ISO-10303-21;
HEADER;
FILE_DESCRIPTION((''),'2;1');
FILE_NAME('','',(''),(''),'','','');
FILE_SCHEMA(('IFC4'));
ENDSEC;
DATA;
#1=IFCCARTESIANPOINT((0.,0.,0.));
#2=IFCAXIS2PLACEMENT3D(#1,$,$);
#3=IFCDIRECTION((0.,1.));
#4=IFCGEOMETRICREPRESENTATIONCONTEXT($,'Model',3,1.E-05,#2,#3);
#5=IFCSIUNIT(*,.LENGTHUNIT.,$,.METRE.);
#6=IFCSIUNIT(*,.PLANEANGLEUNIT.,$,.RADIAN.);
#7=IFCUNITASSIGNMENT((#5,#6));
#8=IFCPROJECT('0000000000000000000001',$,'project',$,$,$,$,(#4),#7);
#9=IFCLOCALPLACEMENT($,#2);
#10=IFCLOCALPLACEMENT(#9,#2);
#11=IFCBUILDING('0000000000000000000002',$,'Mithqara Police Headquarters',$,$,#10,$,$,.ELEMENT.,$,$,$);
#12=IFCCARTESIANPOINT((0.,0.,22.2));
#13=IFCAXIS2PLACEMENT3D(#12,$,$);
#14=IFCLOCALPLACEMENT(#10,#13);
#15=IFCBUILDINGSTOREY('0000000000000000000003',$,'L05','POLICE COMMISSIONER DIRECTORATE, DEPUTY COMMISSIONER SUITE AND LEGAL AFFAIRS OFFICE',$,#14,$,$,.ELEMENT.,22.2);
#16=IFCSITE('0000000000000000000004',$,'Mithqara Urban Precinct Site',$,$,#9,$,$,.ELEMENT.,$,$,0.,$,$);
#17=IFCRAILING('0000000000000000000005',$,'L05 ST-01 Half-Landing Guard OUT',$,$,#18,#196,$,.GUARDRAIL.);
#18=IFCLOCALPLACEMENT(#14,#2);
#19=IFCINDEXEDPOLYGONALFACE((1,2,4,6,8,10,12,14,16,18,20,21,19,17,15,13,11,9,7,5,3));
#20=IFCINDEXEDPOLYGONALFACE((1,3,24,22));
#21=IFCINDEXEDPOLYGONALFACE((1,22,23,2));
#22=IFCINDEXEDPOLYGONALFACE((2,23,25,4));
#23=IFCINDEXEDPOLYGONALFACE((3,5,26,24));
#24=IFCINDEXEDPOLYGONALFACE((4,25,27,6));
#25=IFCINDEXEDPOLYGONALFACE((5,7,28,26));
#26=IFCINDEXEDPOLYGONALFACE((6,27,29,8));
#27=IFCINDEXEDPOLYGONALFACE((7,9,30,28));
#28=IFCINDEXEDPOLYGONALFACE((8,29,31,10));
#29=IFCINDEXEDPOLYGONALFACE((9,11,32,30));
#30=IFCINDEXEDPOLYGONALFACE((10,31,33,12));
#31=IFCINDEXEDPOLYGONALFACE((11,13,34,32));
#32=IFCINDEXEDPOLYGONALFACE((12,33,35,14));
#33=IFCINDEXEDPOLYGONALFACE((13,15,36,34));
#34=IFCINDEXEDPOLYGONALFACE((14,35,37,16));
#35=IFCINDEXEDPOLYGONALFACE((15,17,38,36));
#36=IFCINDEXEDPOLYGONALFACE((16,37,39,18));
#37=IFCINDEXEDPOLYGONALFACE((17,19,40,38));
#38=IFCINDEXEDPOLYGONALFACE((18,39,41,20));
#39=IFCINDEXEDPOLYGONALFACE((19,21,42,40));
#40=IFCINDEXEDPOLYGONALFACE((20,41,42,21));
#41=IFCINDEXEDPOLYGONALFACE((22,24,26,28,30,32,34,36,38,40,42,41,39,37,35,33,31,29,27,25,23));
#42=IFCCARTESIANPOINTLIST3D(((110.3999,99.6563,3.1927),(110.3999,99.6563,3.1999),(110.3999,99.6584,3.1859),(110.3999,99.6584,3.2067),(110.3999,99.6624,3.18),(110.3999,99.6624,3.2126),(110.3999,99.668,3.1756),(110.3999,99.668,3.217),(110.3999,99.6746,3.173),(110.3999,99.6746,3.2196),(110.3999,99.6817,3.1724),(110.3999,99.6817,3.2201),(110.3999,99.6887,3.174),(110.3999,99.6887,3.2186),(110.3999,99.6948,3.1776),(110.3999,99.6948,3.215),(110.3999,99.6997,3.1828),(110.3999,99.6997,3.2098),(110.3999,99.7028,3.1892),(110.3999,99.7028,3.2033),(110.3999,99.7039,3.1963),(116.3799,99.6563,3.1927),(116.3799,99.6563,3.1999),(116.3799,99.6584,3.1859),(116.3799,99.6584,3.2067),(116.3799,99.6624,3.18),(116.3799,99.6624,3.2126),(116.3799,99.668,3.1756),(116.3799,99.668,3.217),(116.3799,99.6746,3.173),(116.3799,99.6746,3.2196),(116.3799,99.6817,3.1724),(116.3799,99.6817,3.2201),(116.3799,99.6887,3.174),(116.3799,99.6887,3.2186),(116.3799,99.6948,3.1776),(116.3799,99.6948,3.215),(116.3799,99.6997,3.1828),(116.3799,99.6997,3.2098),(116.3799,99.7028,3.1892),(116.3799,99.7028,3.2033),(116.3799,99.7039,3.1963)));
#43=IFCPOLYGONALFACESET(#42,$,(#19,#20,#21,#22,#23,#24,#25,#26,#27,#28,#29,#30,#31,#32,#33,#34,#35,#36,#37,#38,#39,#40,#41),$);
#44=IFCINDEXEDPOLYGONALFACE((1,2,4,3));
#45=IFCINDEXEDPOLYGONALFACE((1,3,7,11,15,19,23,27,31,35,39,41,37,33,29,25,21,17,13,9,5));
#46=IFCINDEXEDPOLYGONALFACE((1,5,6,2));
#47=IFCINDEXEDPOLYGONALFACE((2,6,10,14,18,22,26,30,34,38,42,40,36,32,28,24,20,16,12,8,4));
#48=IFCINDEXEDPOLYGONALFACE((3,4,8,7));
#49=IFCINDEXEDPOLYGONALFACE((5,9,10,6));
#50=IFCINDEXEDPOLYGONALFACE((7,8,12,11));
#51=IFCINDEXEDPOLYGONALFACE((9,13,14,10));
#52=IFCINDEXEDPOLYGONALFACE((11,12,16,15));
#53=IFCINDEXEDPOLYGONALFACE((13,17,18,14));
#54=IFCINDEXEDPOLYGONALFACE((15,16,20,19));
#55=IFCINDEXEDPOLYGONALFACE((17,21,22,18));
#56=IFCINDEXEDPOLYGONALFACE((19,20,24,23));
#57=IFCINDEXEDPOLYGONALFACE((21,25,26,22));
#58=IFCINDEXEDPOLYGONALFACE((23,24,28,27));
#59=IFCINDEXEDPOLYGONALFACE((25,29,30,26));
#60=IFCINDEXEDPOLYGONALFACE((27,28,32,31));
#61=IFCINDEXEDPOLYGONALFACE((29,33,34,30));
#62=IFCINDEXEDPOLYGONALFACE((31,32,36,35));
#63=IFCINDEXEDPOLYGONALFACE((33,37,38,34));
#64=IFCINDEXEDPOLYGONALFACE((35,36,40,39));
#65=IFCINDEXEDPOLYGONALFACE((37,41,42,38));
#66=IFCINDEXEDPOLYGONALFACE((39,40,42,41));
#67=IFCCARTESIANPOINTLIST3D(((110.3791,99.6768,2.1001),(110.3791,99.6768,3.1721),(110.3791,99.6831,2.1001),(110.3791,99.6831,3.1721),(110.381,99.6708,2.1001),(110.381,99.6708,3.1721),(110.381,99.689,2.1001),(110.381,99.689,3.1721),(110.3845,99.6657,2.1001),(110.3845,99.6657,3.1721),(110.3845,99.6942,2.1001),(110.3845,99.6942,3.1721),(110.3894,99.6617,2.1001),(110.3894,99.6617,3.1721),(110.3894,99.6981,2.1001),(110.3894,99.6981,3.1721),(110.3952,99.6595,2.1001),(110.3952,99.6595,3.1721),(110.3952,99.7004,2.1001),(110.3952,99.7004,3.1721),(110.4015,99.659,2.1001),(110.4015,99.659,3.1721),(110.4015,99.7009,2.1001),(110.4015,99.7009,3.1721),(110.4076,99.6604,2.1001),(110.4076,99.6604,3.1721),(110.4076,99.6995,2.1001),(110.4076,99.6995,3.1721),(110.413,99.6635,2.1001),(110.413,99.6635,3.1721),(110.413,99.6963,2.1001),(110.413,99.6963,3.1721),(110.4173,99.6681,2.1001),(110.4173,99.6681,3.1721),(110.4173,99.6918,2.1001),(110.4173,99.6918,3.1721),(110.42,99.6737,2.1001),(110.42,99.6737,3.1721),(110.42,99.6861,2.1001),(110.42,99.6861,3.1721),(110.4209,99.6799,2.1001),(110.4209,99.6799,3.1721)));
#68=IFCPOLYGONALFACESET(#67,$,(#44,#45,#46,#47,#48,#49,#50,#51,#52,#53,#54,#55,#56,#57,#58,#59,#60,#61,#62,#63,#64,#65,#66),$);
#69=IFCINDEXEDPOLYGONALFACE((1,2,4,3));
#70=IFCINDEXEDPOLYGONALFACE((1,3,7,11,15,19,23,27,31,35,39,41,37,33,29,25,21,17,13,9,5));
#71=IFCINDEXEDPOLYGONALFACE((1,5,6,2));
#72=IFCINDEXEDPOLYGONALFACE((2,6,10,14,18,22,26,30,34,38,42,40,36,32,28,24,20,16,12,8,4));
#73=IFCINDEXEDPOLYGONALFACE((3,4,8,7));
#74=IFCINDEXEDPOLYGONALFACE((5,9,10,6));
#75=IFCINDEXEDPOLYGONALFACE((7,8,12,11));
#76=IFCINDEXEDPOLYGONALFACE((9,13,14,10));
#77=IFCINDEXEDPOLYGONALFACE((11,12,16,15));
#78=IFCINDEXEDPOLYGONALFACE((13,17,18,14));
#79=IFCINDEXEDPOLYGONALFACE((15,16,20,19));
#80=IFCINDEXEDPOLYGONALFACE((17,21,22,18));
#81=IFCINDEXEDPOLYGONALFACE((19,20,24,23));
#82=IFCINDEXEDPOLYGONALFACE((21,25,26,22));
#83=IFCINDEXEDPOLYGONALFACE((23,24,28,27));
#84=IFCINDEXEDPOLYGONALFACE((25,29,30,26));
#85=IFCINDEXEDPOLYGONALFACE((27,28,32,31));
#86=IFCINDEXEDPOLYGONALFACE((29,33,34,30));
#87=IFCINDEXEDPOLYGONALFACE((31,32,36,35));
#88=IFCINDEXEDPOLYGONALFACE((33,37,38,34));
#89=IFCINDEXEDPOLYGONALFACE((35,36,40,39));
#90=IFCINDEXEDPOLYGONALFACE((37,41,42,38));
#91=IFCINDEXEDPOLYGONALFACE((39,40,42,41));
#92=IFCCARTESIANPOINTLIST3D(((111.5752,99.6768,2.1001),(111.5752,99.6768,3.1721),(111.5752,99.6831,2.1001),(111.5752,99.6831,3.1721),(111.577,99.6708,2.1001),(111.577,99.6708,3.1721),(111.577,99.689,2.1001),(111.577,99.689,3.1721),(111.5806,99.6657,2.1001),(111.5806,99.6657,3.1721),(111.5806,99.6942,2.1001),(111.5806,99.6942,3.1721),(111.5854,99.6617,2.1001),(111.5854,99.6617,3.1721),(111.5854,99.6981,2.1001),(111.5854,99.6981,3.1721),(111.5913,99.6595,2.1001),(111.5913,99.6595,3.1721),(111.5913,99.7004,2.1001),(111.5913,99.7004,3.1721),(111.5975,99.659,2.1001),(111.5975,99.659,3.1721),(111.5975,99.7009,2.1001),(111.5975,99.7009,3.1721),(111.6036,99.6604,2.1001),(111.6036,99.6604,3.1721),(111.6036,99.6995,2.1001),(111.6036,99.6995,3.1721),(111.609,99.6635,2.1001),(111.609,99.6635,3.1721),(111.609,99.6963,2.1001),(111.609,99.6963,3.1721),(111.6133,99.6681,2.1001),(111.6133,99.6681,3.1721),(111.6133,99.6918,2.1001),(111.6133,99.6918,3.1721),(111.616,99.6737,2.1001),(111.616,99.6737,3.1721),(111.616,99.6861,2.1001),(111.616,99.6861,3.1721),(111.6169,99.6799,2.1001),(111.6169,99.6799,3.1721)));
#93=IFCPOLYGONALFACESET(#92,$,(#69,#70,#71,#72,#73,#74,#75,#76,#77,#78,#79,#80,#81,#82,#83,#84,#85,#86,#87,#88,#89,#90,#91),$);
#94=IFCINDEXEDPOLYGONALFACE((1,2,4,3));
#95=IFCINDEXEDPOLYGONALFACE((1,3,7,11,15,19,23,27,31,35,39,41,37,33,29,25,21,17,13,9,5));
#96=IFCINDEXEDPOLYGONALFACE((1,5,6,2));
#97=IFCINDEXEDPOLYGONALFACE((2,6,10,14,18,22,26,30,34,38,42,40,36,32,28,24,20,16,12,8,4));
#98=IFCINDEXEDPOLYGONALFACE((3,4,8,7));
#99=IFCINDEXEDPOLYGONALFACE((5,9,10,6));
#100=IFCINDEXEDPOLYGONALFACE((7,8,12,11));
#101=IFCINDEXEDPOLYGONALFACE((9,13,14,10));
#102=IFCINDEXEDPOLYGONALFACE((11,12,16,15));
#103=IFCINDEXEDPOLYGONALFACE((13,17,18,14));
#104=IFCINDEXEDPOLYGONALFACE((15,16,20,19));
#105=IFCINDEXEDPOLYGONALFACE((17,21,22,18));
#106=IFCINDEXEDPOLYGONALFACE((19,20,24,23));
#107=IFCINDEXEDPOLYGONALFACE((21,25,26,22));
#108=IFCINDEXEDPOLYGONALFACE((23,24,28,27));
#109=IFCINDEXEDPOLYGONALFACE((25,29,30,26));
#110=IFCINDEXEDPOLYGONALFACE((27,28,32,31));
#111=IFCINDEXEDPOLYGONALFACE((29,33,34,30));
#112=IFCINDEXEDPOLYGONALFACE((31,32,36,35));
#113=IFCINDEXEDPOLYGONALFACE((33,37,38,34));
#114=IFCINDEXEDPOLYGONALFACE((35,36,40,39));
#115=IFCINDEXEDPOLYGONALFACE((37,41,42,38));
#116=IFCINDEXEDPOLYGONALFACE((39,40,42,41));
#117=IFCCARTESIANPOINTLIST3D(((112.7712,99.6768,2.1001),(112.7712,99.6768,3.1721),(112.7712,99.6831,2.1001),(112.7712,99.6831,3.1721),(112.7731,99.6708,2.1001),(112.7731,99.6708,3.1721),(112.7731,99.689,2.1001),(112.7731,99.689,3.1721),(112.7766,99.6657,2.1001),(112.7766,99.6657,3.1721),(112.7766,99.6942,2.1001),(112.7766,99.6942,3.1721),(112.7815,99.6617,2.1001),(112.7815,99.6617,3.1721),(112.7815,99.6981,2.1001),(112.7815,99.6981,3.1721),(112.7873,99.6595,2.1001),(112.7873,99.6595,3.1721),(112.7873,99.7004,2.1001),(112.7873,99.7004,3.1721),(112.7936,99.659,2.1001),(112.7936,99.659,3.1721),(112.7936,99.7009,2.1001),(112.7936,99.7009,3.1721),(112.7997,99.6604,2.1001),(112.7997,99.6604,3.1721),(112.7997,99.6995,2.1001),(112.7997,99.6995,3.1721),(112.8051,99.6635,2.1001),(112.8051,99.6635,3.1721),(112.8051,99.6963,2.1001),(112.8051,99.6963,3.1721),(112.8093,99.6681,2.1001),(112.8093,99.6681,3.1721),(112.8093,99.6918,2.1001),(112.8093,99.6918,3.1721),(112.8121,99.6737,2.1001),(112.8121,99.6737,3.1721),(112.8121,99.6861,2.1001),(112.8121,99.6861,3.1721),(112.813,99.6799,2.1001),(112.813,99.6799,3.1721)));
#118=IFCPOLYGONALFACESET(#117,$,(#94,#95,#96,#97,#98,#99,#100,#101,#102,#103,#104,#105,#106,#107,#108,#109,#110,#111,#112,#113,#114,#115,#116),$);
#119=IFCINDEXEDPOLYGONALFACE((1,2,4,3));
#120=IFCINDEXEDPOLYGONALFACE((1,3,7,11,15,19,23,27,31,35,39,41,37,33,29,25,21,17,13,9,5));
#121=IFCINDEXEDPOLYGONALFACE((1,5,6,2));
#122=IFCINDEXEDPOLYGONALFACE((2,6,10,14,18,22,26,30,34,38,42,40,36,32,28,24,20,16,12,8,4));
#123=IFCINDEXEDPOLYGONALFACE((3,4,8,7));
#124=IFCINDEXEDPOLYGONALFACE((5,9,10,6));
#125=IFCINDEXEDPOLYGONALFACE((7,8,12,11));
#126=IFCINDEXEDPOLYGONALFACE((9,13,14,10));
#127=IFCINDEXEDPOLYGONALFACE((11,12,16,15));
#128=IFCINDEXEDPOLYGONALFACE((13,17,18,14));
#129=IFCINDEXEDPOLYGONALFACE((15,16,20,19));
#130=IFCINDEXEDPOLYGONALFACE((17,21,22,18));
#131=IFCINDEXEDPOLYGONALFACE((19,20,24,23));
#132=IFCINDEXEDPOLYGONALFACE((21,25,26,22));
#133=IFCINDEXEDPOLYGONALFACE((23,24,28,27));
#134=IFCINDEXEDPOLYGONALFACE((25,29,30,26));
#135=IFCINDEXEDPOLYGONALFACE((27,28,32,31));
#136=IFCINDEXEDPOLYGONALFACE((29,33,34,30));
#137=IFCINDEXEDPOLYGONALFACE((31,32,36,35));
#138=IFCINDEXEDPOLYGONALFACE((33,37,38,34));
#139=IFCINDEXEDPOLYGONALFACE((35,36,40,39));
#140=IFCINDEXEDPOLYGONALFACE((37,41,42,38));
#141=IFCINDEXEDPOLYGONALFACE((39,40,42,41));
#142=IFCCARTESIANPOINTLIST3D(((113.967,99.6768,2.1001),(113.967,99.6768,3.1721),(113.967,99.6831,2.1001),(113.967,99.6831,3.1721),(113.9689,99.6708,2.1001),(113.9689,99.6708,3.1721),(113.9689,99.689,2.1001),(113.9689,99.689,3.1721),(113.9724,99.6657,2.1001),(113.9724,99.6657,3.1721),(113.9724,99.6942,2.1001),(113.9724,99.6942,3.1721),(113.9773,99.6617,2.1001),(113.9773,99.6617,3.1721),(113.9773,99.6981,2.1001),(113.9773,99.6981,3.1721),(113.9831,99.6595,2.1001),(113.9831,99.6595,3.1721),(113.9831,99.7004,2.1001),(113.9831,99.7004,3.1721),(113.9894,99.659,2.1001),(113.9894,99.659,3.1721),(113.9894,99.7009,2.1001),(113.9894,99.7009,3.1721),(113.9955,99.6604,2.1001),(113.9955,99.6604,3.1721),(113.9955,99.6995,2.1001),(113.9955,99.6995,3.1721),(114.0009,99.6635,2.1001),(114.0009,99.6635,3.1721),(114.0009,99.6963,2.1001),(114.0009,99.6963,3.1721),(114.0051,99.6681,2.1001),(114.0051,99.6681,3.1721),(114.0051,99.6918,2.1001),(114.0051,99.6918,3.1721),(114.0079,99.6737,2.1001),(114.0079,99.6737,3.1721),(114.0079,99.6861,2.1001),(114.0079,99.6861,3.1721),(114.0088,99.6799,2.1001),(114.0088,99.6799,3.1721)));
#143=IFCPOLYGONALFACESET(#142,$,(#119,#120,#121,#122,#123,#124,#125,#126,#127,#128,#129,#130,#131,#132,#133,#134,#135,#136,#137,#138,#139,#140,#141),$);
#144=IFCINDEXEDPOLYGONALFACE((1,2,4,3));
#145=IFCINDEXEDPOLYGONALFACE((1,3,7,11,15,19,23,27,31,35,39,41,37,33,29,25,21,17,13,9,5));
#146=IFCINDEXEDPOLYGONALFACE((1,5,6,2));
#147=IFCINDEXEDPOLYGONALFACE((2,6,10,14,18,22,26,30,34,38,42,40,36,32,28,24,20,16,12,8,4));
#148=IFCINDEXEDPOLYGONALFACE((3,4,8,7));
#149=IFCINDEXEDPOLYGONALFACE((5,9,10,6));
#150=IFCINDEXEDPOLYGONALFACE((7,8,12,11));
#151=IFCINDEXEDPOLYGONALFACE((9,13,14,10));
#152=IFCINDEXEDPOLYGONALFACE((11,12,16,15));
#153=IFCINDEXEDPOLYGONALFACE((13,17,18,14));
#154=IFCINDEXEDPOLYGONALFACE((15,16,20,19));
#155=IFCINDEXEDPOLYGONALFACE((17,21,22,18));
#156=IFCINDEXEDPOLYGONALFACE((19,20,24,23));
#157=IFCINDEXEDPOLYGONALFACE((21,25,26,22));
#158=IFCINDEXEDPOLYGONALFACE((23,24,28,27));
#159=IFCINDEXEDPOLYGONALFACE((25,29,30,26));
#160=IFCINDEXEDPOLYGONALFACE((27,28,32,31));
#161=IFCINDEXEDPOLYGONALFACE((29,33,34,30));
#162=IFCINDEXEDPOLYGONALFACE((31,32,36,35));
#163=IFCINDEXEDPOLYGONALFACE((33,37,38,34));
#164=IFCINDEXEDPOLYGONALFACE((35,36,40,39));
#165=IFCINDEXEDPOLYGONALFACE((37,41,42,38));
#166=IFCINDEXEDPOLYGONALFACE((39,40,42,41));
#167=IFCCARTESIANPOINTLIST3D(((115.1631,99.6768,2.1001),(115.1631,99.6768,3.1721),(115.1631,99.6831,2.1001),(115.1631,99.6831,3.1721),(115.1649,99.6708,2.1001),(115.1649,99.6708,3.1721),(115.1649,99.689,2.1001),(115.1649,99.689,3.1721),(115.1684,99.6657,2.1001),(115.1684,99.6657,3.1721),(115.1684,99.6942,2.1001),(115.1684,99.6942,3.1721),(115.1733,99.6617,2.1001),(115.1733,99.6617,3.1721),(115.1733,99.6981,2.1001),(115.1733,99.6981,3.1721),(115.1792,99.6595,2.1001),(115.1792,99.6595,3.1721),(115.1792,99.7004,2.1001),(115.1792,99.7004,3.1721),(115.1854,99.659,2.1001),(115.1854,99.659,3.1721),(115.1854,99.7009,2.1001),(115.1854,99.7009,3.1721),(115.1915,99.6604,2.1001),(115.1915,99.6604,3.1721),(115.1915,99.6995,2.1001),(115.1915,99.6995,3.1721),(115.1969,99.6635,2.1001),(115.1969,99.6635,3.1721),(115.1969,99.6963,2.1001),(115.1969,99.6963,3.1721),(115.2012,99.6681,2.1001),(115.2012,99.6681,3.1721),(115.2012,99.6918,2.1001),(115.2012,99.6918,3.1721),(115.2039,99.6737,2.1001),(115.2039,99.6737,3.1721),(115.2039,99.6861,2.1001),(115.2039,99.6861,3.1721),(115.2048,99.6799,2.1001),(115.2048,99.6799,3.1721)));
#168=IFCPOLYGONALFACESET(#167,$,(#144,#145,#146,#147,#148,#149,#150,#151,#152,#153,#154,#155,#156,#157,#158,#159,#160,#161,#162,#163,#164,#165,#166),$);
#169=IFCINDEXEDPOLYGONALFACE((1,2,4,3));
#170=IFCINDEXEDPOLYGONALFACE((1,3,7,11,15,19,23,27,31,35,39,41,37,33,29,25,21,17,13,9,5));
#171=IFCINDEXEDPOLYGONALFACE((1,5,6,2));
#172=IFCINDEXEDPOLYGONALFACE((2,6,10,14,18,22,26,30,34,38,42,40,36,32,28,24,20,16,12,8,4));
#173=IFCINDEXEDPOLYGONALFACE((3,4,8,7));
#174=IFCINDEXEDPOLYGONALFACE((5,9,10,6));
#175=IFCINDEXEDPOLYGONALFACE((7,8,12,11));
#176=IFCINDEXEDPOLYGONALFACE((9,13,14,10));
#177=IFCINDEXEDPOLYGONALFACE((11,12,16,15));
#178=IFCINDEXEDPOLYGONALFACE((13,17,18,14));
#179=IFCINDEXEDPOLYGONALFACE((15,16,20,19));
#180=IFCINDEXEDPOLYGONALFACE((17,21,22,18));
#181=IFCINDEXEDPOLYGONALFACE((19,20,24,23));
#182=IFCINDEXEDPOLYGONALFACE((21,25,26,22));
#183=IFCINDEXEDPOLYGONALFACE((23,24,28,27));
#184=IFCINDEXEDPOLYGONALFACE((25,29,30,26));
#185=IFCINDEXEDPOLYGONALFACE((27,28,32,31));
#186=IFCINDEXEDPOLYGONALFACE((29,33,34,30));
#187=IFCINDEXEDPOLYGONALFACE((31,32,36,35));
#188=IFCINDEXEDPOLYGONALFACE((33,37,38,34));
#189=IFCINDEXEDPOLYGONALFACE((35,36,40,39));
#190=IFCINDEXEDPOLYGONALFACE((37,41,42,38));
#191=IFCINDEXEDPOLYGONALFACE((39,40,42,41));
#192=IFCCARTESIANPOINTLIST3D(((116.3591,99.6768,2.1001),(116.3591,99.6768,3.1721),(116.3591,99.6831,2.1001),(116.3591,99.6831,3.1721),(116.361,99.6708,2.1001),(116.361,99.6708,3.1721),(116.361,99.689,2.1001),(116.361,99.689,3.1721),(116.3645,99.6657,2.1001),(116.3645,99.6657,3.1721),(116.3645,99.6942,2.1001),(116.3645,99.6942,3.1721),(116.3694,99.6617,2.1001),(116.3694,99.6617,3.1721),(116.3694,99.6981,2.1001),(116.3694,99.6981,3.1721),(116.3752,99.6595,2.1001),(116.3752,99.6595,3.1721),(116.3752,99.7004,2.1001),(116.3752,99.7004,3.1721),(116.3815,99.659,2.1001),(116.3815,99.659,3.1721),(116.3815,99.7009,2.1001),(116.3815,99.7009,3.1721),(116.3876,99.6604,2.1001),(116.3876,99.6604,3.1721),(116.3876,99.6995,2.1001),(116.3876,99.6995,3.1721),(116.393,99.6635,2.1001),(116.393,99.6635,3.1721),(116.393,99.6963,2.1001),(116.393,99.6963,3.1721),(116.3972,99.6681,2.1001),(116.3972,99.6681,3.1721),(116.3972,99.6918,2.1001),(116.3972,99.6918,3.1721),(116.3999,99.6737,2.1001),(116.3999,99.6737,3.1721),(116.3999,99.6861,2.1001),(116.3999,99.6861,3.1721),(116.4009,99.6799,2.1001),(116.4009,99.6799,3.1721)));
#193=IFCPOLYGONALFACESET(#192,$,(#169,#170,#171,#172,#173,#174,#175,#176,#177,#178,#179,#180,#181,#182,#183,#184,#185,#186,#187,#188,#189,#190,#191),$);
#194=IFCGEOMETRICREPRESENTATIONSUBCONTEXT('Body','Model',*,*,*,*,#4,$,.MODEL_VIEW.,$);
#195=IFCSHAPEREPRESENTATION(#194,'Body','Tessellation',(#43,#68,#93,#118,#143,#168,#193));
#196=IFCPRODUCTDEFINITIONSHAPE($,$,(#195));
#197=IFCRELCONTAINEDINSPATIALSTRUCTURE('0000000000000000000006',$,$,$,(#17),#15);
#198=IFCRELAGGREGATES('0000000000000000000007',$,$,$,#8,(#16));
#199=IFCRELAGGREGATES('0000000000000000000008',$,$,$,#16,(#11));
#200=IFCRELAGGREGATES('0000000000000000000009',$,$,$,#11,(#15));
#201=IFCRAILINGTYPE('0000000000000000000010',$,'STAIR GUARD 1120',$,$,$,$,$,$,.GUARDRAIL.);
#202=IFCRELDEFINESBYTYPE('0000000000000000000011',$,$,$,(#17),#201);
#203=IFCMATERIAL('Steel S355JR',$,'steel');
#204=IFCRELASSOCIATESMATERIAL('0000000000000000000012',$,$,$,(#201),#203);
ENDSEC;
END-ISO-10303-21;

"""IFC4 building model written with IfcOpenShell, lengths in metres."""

from ifc_helpers import new_model, si_unit, direction, frame, origin, origin_2d, place, context, subcontext, project, spatial, circle, extrude, material, type_object, element, save


model = new_model("IFC4")

# Units and contexts
model_context = context("Model", 3, precision=1e-05, world=origin(), true_north=direction((0.0, 1.0)))
body_context = subcontext(model_context, "Body", "Model", "MODEL_VIEW")
ifc_project = project(units=[si_unit("LENGTHUNIT", "METRE"), si_unit("PLANEANGLEUNIT", "RADIAN")], contexts=[model_context])

# Site, building, storey
site_placement = place(None, origin())
site = spatial("IfcSite", under=ifc_project, at=site_placement, Name="Mithqara Urban Precinct Site", CompositionType="ELEMENT", RefElevation=0.0)
building_placement = place(site_placement, origin())
building = spatial("IfcBuilding", under=site, at=building_placement, Name="Mithqara Police Headquarters", CompositionType="ELEMENT")
storey_placement = place(building_placement, frame((0.0, 0.0, 22.2)))
storey = spatial("IfcBuildingStorey", under=building, at=storey_placement, Name="L05", Description="POLICE COMMISSIONER DIRECTORATE, DEPUTY COMMISSIONER SUITE AND LEGAL AFFAIRS OFFICE", CompositionType="ELEMENT", Elevation=22.2)

# Shared definitions
ifc_material_1 = material(Name="Steel S355JR", Category="steel")

# Railing
railing_type_1 = type_object("IfcRailingType", Name="STAIR GUARD 1120", PredefinedType="GUARDRAIL", material=ifc_material_1)
for number, where, name in (
    (1, (110.3999, 99.6799, 2.1001), "L05 ST-01 Half-Landing Guard OUT"),
):
    element("IfcRailing", number, at=place(storey_placement, frame(where)), inside=storey, type_object=railing_type_1, Name=name, PredefinedType="GUARDRAIL", context=body_context, shape_type="SweptSolid", body=[
        extrude(circle(Radius=0.0239, at=origin_2d()), frame((0.0, 0.0, 1.0962), z_axis=(1.0, 0.0, 0.0), x_axis=(0.0, 1.0, 0.0)), (0.0, 0.0, 1.0), 5.98),
        extrude(circle(Radius=0.021, at=origin_2d()), origin(), (0.0, 0.0, 1.0), 1.072),
        extrude(circle(Radius=0.021, at=origin_2d()), frame((1.196, 0.0, 0.0)), (0.0, 0.0, 1.0), 1.072),
        extrude(circle(Radius=0.021, at=origin_2d()), frame((2.3921, 0.0, 0.0)), (0.0, 0.0, 1.0), 1.072),
        extrude(circle(Radius=0.021, at=origin_2d()), frame((3.5879, 0.0, 0.0)), (0.0, 0.0, 1.0), 1.072),
        extrude(circle(Radius=0.021, at=origin_2d()), frame((4.7839, 0.0, 0.0)), (0.0, 0.0, 1.0), 1.072),
        extrude(circle(Radius=0.021, at=origin_2d()), frame((5.98, 0.0, 0.0)), (0.0, 0.0, 1.0), 1.072),
    ])

save(model, "model.ifc")
